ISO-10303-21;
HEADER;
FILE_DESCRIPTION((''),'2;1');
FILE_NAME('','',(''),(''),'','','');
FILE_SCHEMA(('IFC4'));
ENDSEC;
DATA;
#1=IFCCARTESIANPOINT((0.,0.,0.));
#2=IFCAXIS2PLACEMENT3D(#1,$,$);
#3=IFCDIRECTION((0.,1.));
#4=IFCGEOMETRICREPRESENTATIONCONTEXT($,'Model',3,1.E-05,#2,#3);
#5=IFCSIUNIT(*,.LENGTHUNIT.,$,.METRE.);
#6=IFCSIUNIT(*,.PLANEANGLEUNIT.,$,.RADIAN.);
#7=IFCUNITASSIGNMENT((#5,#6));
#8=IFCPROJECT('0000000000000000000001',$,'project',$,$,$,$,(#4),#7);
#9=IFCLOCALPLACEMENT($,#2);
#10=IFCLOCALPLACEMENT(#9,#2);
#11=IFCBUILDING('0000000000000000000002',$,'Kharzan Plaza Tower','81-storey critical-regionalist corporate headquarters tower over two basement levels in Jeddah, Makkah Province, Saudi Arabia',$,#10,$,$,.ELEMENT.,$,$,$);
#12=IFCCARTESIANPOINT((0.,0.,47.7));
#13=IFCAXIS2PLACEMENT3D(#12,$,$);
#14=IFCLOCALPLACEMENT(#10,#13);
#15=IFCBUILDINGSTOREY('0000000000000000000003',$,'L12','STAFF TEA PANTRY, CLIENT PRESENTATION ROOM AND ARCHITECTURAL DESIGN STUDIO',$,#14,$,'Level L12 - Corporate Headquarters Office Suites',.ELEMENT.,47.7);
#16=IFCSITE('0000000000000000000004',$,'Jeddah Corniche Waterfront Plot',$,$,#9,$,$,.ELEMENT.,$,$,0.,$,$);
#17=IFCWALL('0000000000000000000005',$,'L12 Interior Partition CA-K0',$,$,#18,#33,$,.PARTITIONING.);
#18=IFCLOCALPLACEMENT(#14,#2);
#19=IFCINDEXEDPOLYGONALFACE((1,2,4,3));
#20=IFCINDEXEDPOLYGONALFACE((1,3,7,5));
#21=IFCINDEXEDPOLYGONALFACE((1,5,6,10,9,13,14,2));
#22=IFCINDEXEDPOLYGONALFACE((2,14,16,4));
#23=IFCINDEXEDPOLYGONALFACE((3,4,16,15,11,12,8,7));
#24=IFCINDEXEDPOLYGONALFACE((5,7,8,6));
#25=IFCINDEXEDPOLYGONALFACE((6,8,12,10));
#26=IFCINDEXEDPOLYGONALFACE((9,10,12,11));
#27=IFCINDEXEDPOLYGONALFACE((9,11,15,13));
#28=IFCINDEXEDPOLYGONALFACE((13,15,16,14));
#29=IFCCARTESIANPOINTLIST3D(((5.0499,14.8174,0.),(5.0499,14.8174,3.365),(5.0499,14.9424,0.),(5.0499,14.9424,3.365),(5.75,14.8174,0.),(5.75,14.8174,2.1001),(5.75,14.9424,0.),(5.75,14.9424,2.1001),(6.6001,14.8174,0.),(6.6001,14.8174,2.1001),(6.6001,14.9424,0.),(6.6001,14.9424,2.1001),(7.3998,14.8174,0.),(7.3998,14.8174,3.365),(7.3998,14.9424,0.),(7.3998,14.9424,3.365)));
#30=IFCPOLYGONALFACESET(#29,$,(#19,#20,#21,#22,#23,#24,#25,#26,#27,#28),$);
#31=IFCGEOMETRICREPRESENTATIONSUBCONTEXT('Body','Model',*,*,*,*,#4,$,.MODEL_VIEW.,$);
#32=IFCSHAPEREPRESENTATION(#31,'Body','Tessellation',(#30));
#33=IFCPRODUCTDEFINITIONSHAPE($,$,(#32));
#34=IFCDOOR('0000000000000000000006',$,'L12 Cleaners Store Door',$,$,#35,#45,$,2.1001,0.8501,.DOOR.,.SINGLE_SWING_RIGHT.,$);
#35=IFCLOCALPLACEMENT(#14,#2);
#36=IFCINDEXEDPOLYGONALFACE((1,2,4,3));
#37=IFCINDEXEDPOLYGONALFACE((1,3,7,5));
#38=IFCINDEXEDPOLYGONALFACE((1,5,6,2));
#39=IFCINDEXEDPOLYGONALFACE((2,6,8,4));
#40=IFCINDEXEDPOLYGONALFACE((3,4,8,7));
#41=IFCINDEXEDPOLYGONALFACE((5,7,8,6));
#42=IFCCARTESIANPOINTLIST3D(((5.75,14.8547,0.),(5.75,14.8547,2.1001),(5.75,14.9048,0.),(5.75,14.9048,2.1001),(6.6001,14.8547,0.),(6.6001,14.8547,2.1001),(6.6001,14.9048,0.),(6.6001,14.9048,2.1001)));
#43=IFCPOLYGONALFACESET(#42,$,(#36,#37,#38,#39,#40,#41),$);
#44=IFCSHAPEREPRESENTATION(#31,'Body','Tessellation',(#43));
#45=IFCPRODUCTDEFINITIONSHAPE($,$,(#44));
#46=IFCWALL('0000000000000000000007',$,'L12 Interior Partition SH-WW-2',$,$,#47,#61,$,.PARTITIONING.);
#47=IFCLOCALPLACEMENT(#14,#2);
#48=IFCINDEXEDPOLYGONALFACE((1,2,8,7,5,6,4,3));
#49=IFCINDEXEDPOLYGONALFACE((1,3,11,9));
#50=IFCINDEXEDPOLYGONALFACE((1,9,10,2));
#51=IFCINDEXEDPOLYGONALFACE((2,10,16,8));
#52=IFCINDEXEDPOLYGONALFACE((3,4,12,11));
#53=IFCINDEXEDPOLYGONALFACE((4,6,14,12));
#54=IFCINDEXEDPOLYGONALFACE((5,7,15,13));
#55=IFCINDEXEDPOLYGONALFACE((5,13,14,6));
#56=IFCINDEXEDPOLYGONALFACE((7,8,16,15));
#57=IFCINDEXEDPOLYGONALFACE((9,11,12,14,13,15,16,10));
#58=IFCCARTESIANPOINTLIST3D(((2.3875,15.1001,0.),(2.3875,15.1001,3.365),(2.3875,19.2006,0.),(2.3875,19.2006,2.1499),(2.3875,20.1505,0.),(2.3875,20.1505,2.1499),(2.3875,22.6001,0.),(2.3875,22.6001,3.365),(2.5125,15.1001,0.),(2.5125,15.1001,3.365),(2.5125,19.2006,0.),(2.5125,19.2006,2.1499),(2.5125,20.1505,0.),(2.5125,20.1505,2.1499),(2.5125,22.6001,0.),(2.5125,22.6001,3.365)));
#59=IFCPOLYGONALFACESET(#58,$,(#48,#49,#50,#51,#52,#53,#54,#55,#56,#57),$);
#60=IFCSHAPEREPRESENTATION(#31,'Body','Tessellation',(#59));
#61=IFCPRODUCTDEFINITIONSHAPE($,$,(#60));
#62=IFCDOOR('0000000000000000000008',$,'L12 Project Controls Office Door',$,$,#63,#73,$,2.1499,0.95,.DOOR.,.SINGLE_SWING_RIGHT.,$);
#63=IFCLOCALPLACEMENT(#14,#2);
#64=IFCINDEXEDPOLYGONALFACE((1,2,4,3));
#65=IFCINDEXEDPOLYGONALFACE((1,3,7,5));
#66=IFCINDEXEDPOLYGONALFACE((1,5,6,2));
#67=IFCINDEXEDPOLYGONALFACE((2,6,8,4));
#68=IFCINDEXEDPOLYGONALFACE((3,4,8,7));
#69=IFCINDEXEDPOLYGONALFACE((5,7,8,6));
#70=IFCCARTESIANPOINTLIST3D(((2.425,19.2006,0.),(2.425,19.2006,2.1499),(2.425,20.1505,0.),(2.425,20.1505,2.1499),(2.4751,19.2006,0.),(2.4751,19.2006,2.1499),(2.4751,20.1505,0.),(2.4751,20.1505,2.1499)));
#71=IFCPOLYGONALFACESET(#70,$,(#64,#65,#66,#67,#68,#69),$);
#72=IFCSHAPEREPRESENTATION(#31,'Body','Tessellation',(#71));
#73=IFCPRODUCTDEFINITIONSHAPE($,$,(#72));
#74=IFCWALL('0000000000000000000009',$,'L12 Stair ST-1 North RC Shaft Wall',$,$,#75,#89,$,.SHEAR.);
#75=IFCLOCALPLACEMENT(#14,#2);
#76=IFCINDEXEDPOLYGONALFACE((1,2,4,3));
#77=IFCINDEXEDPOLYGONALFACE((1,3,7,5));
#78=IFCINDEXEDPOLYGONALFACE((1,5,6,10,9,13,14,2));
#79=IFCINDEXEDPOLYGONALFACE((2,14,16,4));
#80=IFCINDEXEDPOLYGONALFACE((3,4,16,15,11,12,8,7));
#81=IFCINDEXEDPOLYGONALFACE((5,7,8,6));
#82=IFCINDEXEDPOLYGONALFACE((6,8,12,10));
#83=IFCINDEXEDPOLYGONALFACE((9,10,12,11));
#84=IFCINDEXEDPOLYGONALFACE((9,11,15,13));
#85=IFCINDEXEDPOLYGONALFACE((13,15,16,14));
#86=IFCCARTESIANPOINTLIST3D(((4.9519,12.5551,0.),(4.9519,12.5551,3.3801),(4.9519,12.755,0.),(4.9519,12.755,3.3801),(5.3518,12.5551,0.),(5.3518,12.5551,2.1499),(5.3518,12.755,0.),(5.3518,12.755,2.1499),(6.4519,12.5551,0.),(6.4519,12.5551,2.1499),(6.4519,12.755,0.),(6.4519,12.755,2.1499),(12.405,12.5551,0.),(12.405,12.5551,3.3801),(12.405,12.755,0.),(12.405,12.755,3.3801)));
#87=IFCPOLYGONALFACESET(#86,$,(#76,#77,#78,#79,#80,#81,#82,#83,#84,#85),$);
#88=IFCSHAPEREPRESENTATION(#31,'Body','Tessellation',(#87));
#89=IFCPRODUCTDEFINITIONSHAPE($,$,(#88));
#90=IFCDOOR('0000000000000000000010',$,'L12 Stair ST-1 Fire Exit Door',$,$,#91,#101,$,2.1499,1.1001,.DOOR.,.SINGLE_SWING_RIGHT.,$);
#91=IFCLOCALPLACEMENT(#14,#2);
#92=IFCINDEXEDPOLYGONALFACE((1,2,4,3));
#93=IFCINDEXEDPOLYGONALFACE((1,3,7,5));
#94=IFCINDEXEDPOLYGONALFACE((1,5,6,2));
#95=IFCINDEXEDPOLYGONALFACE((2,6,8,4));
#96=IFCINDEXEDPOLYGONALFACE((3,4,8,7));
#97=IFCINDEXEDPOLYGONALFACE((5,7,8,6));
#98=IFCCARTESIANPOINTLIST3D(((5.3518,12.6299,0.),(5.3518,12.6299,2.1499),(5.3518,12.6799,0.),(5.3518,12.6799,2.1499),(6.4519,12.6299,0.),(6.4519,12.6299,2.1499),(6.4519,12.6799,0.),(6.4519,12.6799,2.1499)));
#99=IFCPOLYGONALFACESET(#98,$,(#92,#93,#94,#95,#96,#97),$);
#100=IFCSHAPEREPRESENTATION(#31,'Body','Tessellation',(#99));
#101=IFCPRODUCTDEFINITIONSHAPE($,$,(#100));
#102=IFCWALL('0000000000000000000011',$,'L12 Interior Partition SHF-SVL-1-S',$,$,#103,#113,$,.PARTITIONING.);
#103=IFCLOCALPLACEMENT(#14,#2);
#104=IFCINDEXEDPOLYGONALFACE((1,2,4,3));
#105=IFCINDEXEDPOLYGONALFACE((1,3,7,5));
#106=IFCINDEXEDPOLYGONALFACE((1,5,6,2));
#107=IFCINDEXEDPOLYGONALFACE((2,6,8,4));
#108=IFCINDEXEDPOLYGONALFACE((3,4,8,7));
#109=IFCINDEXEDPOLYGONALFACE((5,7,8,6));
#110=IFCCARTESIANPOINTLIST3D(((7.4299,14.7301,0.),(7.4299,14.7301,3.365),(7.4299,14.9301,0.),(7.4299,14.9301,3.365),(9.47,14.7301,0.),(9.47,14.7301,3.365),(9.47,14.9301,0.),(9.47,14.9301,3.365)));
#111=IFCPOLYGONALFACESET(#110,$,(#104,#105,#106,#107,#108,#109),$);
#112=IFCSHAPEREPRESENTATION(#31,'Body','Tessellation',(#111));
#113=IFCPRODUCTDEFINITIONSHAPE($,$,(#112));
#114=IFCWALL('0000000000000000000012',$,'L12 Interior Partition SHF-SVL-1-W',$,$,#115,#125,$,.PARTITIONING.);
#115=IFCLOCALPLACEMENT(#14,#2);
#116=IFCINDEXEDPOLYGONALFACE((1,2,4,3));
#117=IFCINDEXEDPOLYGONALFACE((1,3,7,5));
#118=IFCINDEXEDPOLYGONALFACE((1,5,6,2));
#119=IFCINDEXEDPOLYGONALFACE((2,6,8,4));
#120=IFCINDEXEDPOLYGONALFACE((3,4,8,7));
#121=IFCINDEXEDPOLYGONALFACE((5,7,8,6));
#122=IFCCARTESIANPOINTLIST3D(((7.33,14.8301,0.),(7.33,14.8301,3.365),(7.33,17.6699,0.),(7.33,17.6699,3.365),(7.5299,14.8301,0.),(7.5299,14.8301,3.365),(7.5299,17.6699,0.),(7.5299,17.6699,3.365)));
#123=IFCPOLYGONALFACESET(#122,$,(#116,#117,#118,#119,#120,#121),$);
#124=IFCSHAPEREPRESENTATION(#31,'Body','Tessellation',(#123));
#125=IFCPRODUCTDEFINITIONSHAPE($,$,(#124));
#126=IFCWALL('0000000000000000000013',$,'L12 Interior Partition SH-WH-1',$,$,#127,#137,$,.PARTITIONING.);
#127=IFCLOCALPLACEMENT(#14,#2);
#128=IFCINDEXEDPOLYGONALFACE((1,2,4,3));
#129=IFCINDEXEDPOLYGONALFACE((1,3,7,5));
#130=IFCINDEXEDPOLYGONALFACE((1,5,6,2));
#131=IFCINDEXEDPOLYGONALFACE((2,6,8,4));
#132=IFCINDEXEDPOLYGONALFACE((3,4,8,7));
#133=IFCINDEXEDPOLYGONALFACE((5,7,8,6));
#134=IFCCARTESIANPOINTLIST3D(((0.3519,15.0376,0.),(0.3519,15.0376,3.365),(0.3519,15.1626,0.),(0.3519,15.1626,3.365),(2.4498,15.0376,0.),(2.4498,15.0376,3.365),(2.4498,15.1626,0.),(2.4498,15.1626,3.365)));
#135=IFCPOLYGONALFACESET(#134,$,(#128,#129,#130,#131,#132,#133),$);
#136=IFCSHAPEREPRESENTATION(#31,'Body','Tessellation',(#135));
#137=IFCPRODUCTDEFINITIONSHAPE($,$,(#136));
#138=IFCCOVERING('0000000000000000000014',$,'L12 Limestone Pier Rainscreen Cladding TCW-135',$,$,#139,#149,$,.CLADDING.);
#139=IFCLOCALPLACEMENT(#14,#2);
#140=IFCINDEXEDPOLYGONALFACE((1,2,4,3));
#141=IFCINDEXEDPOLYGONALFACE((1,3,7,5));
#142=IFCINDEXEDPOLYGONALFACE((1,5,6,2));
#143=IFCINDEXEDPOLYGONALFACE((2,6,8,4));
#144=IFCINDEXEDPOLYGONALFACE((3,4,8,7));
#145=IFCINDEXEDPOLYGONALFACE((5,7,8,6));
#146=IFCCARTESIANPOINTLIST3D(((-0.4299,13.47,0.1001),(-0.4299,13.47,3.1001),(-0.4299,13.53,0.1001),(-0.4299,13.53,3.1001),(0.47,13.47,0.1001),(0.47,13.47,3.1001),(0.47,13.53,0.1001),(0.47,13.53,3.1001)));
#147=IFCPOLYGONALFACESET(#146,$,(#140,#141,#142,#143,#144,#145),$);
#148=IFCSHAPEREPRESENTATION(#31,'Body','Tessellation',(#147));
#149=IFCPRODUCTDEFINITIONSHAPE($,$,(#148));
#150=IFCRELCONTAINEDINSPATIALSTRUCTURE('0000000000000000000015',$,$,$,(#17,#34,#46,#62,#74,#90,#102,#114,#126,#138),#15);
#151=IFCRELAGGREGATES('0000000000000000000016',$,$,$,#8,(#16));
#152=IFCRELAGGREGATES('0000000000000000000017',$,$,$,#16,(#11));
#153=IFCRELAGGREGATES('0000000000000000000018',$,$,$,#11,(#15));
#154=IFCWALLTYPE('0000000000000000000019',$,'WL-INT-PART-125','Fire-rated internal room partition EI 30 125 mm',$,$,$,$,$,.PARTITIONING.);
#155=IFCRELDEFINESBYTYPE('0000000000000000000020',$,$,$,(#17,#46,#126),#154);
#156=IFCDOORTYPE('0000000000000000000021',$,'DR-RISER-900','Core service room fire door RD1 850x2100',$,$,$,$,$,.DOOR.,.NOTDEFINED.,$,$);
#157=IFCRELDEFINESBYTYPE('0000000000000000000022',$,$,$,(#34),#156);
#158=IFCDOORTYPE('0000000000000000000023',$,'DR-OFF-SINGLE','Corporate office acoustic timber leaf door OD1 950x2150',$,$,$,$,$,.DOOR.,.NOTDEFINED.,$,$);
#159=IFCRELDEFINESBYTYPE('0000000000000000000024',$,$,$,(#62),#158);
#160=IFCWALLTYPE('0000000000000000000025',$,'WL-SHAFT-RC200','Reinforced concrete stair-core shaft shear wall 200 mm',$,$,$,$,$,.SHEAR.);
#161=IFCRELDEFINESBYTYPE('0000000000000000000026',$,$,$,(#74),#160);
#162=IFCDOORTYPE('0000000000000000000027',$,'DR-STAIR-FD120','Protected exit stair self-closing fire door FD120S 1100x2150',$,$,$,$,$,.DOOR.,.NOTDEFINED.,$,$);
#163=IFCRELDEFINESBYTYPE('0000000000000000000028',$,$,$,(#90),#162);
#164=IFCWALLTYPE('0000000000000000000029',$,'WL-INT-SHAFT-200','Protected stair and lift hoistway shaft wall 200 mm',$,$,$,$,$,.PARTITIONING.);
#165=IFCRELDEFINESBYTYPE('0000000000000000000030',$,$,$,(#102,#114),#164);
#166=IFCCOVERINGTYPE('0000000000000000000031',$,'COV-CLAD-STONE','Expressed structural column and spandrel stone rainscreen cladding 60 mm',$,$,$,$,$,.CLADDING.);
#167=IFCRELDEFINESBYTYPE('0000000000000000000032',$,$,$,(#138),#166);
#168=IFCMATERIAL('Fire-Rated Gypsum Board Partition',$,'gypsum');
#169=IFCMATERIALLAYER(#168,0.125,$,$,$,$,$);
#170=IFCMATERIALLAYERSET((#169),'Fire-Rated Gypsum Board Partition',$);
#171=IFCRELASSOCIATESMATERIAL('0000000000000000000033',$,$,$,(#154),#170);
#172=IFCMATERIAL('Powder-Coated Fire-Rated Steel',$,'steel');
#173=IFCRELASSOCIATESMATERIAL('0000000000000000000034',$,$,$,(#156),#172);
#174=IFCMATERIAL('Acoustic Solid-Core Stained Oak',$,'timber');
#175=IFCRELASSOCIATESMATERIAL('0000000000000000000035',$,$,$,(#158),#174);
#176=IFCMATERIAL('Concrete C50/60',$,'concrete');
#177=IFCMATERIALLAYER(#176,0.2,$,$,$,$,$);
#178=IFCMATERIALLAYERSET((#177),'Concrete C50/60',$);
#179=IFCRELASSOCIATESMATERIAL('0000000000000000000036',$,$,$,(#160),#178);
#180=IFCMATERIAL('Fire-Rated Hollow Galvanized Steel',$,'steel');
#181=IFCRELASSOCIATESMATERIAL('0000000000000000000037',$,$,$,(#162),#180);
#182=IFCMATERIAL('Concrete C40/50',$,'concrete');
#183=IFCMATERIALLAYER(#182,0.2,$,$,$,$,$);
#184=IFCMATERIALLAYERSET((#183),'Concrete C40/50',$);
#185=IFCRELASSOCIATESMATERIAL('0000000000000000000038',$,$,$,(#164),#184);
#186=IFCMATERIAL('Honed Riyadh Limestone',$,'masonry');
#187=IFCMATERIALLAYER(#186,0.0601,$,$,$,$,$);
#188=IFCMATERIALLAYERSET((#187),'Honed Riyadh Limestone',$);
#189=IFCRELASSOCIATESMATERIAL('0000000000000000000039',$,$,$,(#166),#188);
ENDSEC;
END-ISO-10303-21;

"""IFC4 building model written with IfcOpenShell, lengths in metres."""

from ifc_helpers import new_model, si_unit, direction, frame, frame_2d, origin, origin_2d, place, context, subcontext, project, spatial, rectangle, extrude, source, transform, mapped, material, layer, layer_set, type_object, element, fill, save


model = new_model("IFC4")

# Units and contexts
model_context = context("Model", 3, precision=1e-05, world=origin(), true_north=direction((0.0, 1.0)))
body_context = subcontext(model_context, "Body", "Model", "MODEL_VIEW")
ifc_project = project(units=[si_unit("LENGTHUNIT", "METRE"), si_unit("PLANEANGLEUNIT", "RADIAN")], contexts=[model_context])

# Site, building, storey
site_placement = place(None, origin())
site = spatial("IfcSite", under=ifc_project, at=site_placement, Name="Jeddah Corniche Waterfront Plot", CompositionType="ELEMENT", RefElevation=0.0)
building_placement = place(site_placement, origin())
building = spatial("IfcBuilding", under=site, at=building_placement, Name="Kharzan Plaza Tower", Description="81-storey critical-regionalist corporate headquarters tower over two basement levels in Jeddah, Makkah Province, Saudi Arabia", CompositionType="ELEMENT")
storey_placement = place(building_placement, frame((0.0, 0.0, 47.7)))
storey = spatial("IfcBuildingStorey", under=building, at=storey_placement, Name="L12", Description="STAFF TEA PANTRY, CLIENT PRESENTATION ROOM AND ARCHITECTURAL DESIGN STUDIO", LongName="Level L12 - Corporate Headquarters Office Suites", CompositionType="ELEMENT", Elevation=47.7)

# Shared definitions
ifc_material_1 = material(Name="Concrete C40/50", Category="concrete")

# Walls, openings, doors
ifc_material_2 = material(Name="Fire-Rated Gypsum Board Partition", Category="gypsum")
ifc_layer_1 = layer(ifc_material_2, 0.125)
ifc_layer_set_1 = layer_set([ifc_layer_1], Name="Fire-Rated Gypsum Board Partition")
wall_type_1 = type_object("IfcWallType", Name="WL-INT-PART-125", Description="Fire-rated internal room partition EI 30 125 mm", PredefinedType="PARTITIONING", material=ifc_layer_set_1)
wall_1_placement = place(storey_placement, frame((5.05, 14.8799, 0.0), z_axis=(0.0, 0.0, 1.0), x_axis=(1.0, 0.0, 0.0)))
wall_1 = element("IfcWall", 1, at=wall_1_placement, inside=storey, type_object=wall_type_1, Name="L12 Interior Partition CA-K0", PredefinedType="PARTITIONING", context=body_context, shape_type="SweptSolid", body=[
    extrude(rectangle(XDim=2.3499, YDim=0.125, at=frame_2d((1.1748, 0.0))), origin(), (0.0, 0.0, 1.0), 3.365),
])
opening_1_placement = place(wall_1_placement, frame((0.7, 0.0, 0.0)))
opening_1 = element("IfcOpeningElement", 2, at=opening_1_placement, cuts=wall_1, PredefinedType="OPENING", context=body_context, shape_type="SweptSolid", body=[
    extrude(rectangle(XDim=0.8501, YDim=2.1001, at=frame_2d((0.425, 1.05))), frame((0.0, 0.0725, 0.0), z_axis=(0.0, -1.0, 0.0), x_axis=(1.0, 0.0, 0.0)), (0.0, 0.0, 1.0), 0.145),
])
ifc_material_3 = material(Name="Powder-Coated Fire-Rated Steel", Category="steel")
door_type_1 = type_object("IfcDoorType", Name="DR-RISER-900", Description="Core service room fire door RD1 850x2100", OperationType="NOTDEFINED", PredefinedType="DOOR", material=ifc_material_3)
shared_shape_1 = source(origin(), body_context, "Body", "SweptSolid", [
    extrude(rectangle(XDim=0.8501, YDim=2.1001, at=frame_2d((0.425, 1.05))), frame((0.0, 0.0249, 0.0), z_axis=(0.0, -1.0, 0.0), x_axis=(1.0, 0.0, 0.0)), (0.0, 0.0, 1.0), 0.05),
])
door_1_placement = place(opening_1_placement, origin())
door_1 = element("IfcDoor", 3, at=door_1_placement, inside=storey, type_object=door_type_1, Name="L12 Cleaners Store Door", OperationType="SINGLE_SWING_RIGHT", OverallHeight=2.1001, OverallWidth=0.8501, PredefinedType="DOOR", context=body_context, shape_type="MappedRepresentation", body=[
    mapped(shared_shape_1, transform((0.0, 0.0, 0.0), x_axis=(1.0, 0.0, 0.0), y_axis=(0.0, 1.0, 0.0), z_axis=(0.0, 0.0, 1.0))),
])
fill(opening_1, door_1)
wall_2_placement = place(storey_placement, frame((2.45, 15.1001, 0.0), z_axis=(0.0, 0.0, 1.0), x_axis=(0.0, 1.0, 0.0)))
wall_2 = element("IfcWall", 4, at=wall_2_placement, inside=storey, type_object=wall_type_1, Name="L12 Interior Partition SH-WW-2", PredefinedType="PARTITIONING", context=body_context, shape_type="SweptSolid", body=[
    extrude(rectangle(XDim=7.5, YDim=0.125, at=frame_2d((3.75, 0.0))), origin(), (0.0, 0.0, 1.0), 3.365),
])
opening_2_placement = place(wall_2_placement, frame((4.1003, 0.0, 0.0)))
opening_2 = element("IfcOpeningElement", 5, at=opening_2_placement, cuts=wall_2, PredefinedType="OPENING", context=body_context, shape_type="SweptSolid", body=[
    extrude(rectangle(XDim=0.95, YDim=2.1499, at=frame_2d((0.4751, 1.075))), frame((0.0, 0.0725, 0.0), z_axis=(0.0, -1.0, 0.0), x_axis=(1.0, 0.0, 0.0)), (0.0, 0.0, 1.0), 0.145),
])
ifc_material_4 = material(Name="Acoustic Solid-Core Stained Oak", Category="timber")
door_type_2 = type_object("IfcDoorType", Name="DR-OFF-SINGLE", Description="Corporate office acoustic timber leaf door OD1 950x2150", OperationType="NOTDEFINED", PredefinedType="DOOR", material=ifc_material_4)
shared_shape_2 = source(origin(), body_context, "Body", "SweptSolid", [
    extrude(rectangle(XDim=0.95, YDim=2.1499, at=frame_2d((0.4751, 1.075))), frame((0.0, 0.0249, 0.0), z_axis=(0.0, -1.0, 0.0), x_axis=(1.0, 0.0, 0.0)), (0.0, 0.0, 1.0), 0.05),
])
door_2_placement = place(opening_2_placement, origin())
door_2 = element("IfcDoor", 6, at=door_2_placement, inside=storey, type_object=door_type_2, Name="L12 Project Controls Office Door", OperationType="SINGLE_SWING_RIGHT", OverallHeight=2.1499, OverallWidth=0.95, PredefinedType="DOOR", context=body_context, shape_type="MappedRepresentation", body=[
    mapped(shared_shape_2, transform((0.0, 0.0, 0.0), x_axis=(1.0, 0.0, 0.0), y_axis=(0.0, 1.0, 0.0), z_axis=(0.0, 0.0, 1.0))),
])
fill(opening_2, door_2)
ifc_material_5 = material(Name="Concrete C50/60", Category="concrete")
ifc_layer_2 = layer(ifc_material_5, 0.2)
ifc_layer_set_2 = layer_set([ifc_layer_2], Name="Concrete C50/60")
wall_type_2 = type_object("IfcWallType", Name="WL-SHAFT-RC200", Description="Reinforced concrete stair-core shaft shear wall 200 mm", PredefinedType="SHEAR", material=ifc_layer_set_2)
wall_3_placement = place(storey_placement, frame((4.9519, 12.655, 0.0), z_axis=(0.0, 0.0, 1.0), x_axis=(1.0, 0.0, 0.0)))
wall_3 = element("IfcWall", 7, at=wall_3_placement, inside=storey, type_object=wall_type_2, Name="L12 Stair ST-1 North RC Shaft Wall", PredefinedType="SHEAR", context=body_context, shape_type="SweptSolid", body=[
    extrude(rectangle(XDim=7.4531, YDim=0.2, at=frame_2d((3.7266, 0.0))), origin(), (0.0, 0.0, 1.0), 3.3801),
])
opening_3_placement = place(wall_3_placement, frame((0.3999, 0.0, 0.0)))
opening_3 = element("IfcOpeningElement", 8, at=opening_3_placement, cuts=wall_3, PredefinedType="OPENING", context=body_context, shape_type="SweptSolid", body=[
    extrude(rectangle(XDim=1.1001, YDim=2.1499, at=frame_2d((0.55, 1.075))), frame((0.0, 0.1099, 0.0), z_axis=(0.0, -1.0, 0.0), x_axis=(1.0, 0.0, 0.0)), (0.0, 0.0, 1.0), 0.22),
])
ifc_material_6 = material(Name="Fire-Rated Hollow Galvanized Steel", Category="steel")
door_type_3 = type_object("IfcDoorType", Name="DR-STAIR-FD120", Description="Protected exit stair self-closing fire door FD120S 1100x2150", OperationType="NOTDEFINED", PredefinedType="DOOR", material=ifc_material_6)
shared_shape_3 = source(origin(), body_context, "Body", "SweptSolid", [
    extrude(rectangle(XDim=1.1001, YDim=2.1499, at=frame_2d((0.55, 1.075))), frame((0.0, 0.0249, 0.0), z_axis=(0.0, -1.0, 0.0), x_axis=(1.0, 0.0, 0.0)), (0.0, 0.0, 1.0), 0.05),
])
door_3_placement = place(opening_3_placement, origin())
door_3 = element("IfcDoor", 9, at=door_3_placement, inside=storey, type_object=door_type_3, Name="L12 Stair ST-1 Fire Exit Door", OperationType="SINGLE_SWING_RIGHT", OverallHeight=2.1499, OverallWidth=1.1001, PredefinedType="DOOR", context=body_context, shape_type="MappedRepresentation", body=[
    mapped(shared_shape_3, transform((0.0, 0.0, 0.0), x_axis=(1.0, 0.0, 0.0), y_axis=(0.0, 1.0, 0.0), z_axis=(0.0, 0.0, 1.0))),
])
fill(opening_3, door_3)

# Walls
ifc_layer_3 = layer(ifc_material_1, 0.2)
ifc_layer_set_3 = layer_set([ifc_layer_3], Name="Concrete C40/50")
wall_type_3 = type_object("IfcWallType", Name="WL-INT-SHAFT-200", Description="Protected stair and lift hoistway shaft wall 200 mm", PredefinedType="PARTITIONING", material=ifc_layer_set_3)
shared_shape_4 = source(origin(), body_context, "Body", "SweptSolid", [
    extrude(rectangle(XDim=2.04, YDim=0.2, at=frame_2d((1.02, 0.0))), origin(), (0.0, 0.0, 1.0), 3.365),
])
wall_4_placement = place(storey_placement, frame((7.4299, 14.8301, 0.0), z_axis=(0.0, 0.0, 1.0), x_axis=(1.0, 0.0, 0.0)))
element("IfcWall", 10, at=wall_4_placement, inside=storey, type_object=wall_type_3, Name="L12 Interior Partition SHF-SVL-1-S", PredefinedType="PARTITIONING", context=body_context, shape_type="MappedRepresentation", body=[
    mapped(shared_shape_4, transform((0.0, 0.0, 0.0), x_axis=(1.0, 0.0, 0.0), y_axis=(0.0, 1.0, 0.0), z_axis=(0.0, 0.0, 1.0))),
])
shared_shape_5 = source(origin(), body_context, "Body", "SweptSolid", [
    extrude(rectangle(XDim=2.8398, YDim=0.2, at=frame_2d((1.4199, 0.0))), origin(), (0.0, 0.0, 1.0), 3.365),
])
wall_5_placement = place(storey_placement, frame((7.4299, 14.8301, 0.0), z_axis=(0.0, 0.0, 1.0), x_axis=(0.0, 1.0, 0.0)))
element("IfcWall", 11, at=wall_5_placement, inside=storey, type_object=wall_type_3, Name="L12 Interior Partition SHF-SVL-1-W", PredefinedType="PARTITIONING", context=body_context, shape_type="MappedRepresentation", body=[
    mapped(shared_shape_5, transform((0.0, 0.0, 0.0), x_axis=(1.0, 0.0, 0.0), y_axis=(0.0, 1.0, 0.0), z_axis=(0.0, 0.0, 1.0))),
])
shared_shape_6 = source(origin(), body_context, "Body", "SweptSolid", [
    extrude(rectangle(XDim=2.0979, YDim=0.125, at=frame_2d((1.0488, 0.0))), origin(), (0.0, 0.0, 1.0), 3.365),
])
wall_6_placement = place(storey_placement, frame((0.3521, 15.1001, 0.0), z_axis=(0.0, 0.0, 1.0), x_axis=(1.0, 0.0, 0.0)))
element("IfcWall", 12, at=wall_6_placement, inside=storey, type_object=wall_type_1, Name="L12 Interior Partition SH-WH-1", PredefinedType="PARTITIONING", context=body_context, shape_type="MappedRepresentation", body=[
    mapped(shared_shape_6, transform((0.0, 0.0, 0.0), x_axis=(1.0, 0.0, 0.0), y_axis=(0.0, 1.0, 0.0), z_axis=(0.0, 0.0, 1.0))),
])

# Covering
ifc_material_7 = material(Name="Honed Riyadh Limestone", Category="masonry")
ifc_layer_4 = layer(ifc_material_7, 0.0601)
ifc_layer_set_4 = layer_set([ifc_layer_4], Name="Honed Riyadh Limestone")
covering_type = type_object("IfcCoveringType", Name="COV-CLAD-STONE", Description="Expressed structural column and spandrel stone rainscreen cladding 60 mm", PredefinedType="CLADDING", material=ifc_layer_set_4)
shared_shape_7 = source(origin(), body_context, "Body", "SweptSolid", [
    extrude(rectangle(XDim=0.0601, YDim=0.8999, at=origin_2d()), origin(), (0.0, 0.0, 1.0), 3.0),
])
covering_placement = place(storey_placement, frame((0.02, 13.5, 0.1001), z_axis=(0.0, 0.0, 1.0), x_axis=(0.0, 1.0, 0.0)))
element("IfcCovering", 13, at=covering_placement, inside=storey, type_object=covering_type, Name="L12 Limestone Pier Rainscreen Cladding TCW-135", PredefinedType="CLADDING", context=body_context, shape_type="MappedRepresentation", body=[
    mapped(shared_shape_7, transform((0.0, 0.0, 0.0), x_axis=(1.0, 0.0, 0.0), y_axis=(0.0, 1.0, 0.0), z_axis=(0.0, 0.0, 1.0))),
])

save(model, "model.ifc")
